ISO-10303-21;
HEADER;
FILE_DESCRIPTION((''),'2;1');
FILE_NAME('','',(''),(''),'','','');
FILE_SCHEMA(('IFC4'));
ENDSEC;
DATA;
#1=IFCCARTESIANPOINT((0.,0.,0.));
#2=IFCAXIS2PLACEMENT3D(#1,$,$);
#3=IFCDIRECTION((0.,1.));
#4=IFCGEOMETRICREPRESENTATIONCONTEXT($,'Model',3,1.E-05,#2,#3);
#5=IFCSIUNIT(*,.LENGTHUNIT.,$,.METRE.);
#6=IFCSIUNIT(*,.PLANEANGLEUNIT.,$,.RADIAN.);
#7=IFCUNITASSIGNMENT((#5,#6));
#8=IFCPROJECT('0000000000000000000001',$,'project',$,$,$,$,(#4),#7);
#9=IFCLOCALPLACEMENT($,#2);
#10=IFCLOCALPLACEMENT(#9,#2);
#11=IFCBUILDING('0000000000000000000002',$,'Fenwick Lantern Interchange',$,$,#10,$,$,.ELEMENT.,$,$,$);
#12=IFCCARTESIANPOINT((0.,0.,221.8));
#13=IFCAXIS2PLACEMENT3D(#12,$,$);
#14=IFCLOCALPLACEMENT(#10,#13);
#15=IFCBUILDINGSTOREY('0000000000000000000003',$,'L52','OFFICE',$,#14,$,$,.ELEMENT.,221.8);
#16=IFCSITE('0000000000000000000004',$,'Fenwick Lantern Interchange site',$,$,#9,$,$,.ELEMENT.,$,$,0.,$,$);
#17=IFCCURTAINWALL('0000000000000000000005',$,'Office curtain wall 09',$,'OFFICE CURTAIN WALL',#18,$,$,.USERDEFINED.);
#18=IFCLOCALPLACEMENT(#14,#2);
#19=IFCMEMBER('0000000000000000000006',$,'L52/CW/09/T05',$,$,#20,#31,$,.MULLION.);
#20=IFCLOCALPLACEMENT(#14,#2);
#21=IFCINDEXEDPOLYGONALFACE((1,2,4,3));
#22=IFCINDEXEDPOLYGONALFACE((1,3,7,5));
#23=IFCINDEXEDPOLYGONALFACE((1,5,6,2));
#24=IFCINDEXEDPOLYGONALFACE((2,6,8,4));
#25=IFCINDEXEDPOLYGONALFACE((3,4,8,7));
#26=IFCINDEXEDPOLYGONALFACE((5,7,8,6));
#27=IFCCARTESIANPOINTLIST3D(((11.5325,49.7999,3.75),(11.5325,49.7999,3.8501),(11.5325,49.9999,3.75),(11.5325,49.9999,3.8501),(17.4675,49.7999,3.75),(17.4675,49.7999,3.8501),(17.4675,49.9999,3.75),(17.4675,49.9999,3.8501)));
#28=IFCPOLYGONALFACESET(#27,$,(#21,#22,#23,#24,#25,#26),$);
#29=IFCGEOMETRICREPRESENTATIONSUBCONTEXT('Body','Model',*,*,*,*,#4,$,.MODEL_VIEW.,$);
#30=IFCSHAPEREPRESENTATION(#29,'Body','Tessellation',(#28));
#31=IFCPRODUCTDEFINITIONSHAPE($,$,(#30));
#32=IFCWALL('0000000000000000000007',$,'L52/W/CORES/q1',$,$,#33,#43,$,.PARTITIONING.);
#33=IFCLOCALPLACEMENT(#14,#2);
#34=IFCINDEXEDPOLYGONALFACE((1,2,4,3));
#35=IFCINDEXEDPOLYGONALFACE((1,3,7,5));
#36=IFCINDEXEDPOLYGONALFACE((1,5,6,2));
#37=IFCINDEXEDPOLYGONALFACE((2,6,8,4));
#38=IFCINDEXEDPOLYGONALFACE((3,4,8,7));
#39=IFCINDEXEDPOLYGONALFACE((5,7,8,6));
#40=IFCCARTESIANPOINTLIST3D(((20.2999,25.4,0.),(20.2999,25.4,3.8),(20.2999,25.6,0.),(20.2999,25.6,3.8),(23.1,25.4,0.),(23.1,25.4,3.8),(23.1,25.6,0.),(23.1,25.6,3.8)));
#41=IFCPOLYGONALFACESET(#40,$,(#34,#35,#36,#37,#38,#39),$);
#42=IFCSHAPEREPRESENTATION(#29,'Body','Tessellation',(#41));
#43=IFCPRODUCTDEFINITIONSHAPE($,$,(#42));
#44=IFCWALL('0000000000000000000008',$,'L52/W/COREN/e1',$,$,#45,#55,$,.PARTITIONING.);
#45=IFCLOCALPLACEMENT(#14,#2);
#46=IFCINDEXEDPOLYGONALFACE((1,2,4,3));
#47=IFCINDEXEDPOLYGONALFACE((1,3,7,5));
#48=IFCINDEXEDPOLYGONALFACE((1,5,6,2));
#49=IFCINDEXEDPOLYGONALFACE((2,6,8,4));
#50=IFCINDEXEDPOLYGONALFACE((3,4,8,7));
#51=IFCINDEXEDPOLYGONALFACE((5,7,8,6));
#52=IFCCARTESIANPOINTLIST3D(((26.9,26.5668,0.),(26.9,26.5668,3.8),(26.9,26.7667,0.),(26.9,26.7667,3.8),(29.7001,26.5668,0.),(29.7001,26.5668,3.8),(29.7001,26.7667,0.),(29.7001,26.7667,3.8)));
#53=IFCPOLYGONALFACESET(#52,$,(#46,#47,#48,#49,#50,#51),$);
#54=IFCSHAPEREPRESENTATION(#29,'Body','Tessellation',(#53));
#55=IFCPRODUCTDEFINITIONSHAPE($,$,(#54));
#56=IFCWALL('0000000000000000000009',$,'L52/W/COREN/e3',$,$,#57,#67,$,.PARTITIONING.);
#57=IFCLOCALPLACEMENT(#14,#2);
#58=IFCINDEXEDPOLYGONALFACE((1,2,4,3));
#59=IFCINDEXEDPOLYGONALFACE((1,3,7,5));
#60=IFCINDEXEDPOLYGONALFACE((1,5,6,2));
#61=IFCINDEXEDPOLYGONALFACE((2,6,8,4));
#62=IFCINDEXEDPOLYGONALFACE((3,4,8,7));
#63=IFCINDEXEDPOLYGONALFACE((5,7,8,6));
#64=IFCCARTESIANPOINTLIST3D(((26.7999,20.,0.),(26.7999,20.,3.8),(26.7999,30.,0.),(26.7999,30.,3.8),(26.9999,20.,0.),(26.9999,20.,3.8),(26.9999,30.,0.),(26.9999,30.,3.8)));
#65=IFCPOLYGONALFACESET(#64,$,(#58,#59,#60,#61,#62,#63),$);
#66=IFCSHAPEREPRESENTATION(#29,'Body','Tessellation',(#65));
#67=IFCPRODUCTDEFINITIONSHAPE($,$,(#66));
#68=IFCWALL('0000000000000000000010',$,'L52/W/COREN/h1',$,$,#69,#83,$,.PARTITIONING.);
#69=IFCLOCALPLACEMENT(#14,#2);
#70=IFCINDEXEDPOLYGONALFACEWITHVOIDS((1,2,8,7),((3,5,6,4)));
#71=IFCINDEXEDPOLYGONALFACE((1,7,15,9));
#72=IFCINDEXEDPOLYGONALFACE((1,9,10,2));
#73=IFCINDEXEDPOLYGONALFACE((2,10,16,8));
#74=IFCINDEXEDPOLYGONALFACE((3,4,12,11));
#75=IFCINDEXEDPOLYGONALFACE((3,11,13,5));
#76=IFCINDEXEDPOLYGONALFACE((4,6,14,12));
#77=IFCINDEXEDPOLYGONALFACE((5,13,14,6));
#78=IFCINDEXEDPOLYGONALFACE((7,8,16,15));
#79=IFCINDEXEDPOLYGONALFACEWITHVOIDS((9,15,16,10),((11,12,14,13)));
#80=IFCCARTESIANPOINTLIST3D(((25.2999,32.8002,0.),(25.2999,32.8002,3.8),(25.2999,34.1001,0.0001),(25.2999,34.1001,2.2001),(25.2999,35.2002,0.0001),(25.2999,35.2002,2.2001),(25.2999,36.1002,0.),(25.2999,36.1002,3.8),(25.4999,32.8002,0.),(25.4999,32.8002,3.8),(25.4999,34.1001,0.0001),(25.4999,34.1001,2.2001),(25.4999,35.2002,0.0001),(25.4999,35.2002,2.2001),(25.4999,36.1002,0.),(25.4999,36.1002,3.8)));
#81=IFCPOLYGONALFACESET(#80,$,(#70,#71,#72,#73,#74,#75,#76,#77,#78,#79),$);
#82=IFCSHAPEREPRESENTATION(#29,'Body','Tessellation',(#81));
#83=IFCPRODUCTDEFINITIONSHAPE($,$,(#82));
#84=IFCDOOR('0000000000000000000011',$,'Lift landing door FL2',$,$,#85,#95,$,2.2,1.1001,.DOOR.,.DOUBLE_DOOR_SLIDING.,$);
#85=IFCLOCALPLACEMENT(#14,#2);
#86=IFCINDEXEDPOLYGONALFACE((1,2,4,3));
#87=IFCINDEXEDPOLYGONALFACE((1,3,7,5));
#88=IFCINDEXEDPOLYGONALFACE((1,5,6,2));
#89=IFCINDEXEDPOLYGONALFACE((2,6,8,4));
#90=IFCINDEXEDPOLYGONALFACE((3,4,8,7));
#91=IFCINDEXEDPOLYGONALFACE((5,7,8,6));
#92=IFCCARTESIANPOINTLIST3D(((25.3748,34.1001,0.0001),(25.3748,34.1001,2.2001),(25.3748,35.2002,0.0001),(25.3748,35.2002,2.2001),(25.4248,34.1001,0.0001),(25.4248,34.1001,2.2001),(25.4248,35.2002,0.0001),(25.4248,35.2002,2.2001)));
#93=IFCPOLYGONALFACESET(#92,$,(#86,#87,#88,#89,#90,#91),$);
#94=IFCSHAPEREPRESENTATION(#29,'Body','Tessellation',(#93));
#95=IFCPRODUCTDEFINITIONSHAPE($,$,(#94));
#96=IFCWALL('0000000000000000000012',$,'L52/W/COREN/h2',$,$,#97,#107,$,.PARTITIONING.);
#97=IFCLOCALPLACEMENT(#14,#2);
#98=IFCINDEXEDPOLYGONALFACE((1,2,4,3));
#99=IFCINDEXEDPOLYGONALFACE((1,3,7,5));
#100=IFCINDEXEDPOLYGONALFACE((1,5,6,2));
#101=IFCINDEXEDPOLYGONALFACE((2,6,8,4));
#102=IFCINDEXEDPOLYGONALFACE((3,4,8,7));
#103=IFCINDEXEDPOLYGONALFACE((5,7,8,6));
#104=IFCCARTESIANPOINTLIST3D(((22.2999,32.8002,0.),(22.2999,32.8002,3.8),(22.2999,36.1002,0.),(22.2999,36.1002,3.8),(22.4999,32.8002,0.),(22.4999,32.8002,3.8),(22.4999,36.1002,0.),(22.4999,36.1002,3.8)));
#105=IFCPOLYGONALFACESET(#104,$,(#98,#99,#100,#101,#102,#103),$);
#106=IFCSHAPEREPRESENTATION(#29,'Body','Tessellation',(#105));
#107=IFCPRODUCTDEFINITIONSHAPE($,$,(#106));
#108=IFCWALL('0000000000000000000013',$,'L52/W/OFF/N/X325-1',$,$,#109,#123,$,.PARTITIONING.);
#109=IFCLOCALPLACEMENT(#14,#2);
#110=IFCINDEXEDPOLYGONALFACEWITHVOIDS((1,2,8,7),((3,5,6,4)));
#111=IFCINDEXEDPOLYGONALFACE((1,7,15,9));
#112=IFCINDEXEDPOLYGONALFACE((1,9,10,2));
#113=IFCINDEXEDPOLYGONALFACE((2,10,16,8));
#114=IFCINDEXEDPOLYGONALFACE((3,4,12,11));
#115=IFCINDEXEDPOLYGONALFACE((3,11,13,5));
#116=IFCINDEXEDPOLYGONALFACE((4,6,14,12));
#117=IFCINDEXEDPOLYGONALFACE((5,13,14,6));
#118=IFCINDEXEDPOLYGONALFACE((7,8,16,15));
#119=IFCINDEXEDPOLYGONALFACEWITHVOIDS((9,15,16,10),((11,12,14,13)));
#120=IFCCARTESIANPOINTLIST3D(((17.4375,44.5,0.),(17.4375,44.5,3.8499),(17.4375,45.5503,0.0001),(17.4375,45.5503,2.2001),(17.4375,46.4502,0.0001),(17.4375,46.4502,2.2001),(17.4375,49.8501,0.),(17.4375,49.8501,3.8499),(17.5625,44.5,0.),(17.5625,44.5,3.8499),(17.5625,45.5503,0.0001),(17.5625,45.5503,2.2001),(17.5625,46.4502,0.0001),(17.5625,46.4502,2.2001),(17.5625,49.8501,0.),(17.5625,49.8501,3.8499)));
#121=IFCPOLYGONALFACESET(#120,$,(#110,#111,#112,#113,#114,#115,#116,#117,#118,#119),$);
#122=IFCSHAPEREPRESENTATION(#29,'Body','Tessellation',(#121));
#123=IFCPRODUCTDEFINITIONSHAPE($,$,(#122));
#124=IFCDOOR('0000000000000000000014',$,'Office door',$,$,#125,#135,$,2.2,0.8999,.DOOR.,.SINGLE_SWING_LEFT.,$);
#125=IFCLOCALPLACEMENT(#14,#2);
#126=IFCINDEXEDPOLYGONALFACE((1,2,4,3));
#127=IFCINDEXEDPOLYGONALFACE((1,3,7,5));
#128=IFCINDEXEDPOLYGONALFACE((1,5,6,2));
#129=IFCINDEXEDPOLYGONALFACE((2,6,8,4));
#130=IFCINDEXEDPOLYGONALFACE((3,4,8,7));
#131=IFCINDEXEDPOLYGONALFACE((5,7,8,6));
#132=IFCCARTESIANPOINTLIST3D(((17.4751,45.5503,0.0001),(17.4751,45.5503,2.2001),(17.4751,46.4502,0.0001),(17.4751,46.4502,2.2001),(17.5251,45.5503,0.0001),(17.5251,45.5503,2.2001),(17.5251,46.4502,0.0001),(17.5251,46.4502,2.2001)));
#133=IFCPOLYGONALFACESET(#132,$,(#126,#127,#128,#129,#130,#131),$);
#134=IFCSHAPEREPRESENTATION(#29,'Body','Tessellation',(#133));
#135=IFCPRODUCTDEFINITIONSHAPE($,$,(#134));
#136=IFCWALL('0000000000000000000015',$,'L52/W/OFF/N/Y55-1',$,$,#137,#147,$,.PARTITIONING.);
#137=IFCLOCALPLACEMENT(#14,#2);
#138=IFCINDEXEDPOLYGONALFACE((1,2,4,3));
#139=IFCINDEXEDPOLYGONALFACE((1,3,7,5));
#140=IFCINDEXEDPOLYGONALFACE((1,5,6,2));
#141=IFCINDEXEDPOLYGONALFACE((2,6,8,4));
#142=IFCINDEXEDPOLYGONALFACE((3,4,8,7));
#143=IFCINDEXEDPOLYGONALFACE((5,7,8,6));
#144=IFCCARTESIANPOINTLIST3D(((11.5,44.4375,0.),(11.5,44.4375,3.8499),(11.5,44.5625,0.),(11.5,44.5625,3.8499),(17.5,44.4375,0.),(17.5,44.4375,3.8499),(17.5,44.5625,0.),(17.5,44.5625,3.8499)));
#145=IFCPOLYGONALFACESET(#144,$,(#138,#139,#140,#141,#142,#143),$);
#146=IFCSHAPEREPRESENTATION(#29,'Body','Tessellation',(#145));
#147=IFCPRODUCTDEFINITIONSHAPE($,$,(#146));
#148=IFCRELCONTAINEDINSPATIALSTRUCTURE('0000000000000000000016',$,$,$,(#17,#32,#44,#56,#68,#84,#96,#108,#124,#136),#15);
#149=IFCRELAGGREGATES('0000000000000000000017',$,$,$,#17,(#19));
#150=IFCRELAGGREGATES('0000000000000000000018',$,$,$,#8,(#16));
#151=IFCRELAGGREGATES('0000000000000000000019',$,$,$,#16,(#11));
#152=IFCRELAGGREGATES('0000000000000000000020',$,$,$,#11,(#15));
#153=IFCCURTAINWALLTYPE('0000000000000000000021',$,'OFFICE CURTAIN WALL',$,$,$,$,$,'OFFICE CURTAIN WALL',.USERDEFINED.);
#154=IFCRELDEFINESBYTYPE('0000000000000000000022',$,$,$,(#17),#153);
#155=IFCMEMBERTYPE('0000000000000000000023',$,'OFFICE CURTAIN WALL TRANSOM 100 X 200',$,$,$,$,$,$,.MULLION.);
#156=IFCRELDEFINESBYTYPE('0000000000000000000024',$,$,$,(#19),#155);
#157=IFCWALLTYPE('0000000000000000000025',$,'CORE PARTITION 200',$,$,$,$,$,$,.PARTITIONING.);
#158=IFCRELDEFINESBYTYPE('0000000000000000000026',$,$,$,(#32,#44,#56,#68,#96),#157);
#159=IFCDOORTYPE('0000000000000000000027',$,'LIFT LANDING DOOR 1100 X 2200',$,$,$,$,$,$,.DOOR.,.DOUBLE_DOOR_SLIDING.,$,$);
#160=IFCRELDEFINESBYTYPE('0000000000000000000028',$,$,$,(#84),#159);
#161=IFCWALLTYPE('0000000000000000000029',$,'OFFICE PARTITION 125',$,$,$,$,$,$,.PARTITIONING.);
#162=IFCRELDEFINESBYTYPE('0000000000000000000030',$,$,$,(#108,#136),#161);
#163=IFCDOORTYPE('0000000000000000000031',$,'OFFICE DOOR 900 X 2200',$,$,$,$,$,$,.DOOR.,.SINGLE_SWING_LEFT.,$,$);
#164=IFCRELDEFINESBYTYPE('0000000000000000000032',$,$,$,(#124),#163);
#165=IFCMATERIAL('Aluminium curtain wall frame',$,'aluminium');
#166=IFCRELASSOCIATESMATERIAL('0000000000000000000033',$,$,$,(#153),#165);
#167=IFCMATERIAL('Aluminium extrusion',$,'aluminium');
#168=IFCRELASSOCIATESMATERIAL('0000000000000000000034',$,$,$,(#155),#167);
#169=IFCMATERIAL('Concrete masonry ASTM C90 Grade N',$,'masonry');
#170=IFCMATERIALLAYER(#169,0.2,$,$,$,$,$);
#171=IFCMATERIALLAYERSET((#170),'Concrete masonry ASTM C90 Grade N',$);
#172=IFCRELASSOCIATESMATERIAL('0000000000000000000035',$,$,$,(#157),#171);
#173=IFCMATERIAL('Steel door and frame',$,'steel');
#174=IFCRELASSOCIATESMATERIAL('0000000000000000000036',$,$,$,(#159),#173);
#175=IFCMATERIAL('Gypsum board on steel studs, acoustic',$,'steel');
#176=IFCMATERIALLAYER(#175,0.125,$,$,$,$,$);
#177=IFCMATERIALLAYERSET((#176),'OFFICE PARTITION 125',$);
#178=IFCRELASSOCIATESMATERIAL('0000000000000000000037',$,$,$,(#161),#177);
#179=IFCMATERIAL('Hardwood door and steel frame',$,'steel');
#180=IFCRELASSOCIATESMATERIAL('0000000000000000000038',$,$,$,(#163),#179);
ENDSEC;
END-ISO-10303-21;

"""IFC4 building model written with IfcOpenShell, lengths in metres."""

from ifc_helpers import new_model, si_unit, direction, frame, frame_2d, origin, origin_2d, place, context, subcontext, project, spatial, rectangle, extrude, material, layer, layer_set, material_profile, profile_set, type_object, element, fill, aggregate, save


model = new_model("IFC4")

# Units and contexts
model_context = context("Model", 3, precision=1e-05, world=origin(), true_north=direction((0.0, 1.0)))
body_context = subcontext(model_context, "Body", "Model", "MODEL_VIEW")
ifc_project = project(units=[si_unit("LENGTHUNIT", "METRE"), si_unit("PLANEANGLEUNIT", "RADIAN")], contexts=[model_context])

# Site, building, storey
site_placement = place(None, origin())
site = spatial("IfcSite", under=ifc_project, at=site_placement, Name="Fenwick Lantern Interchange site", CompositionType="ELEMENT", RefElevation=0.0)
building_placement = place(site_placement, origin())
building = spatial("IfcBuilding", under=site, at=building_placement, Name="Fenwick Lantern Interchange", CompositionType="ELEMENT")
storey_placement = place(building_placement, frame((0.0, 0.0, 221.8)))
storey = spatial("IfcBuildingStorey", under=building, at=storey_placement, Name="L52", Description="OFFICE", CompositionType="ELEMENT", Elevation=221.8)

# Curtain wall, member
ifc_material_1 = material(Name="Aluminium curtain wall frame", Category="aluminium")
curtain_wall_type = type_object("IfcCurtainWallType", Name="OFFICE CURTAIN WALL", ElementType="OFFICE CURTAIN WALL", PredefinedType="USERDEFINED", material=ifc_material_1)
curtain_wall_placement = place(storey_placement, origin())
curtain_wall = element("IfcCurtainWall", 1, at=curtain_wall_placement, inside=storey, type_object=curtain_wall_type, Name="Office curtain wall 09", ObjectType="OFFICE CURTAIN WALL", PredefinedType="USERDEFINED")
ifc_material_2 = material(Name="Aluminium extrusion", Category="aluminium")
ifc_material_profile_1 = material_profile(ifc_material_2, rectangle(XDim=0.2, YDim=0.1001, at=origin_2d()), Name="OFFICE CURTAIN WALL TRANSOM 100 X 200")
ifc_profile_set_1 = profile_set([ifc_material_profile_1], Name="Aluminium extrusion")
member_type_1 = type_object("IfcMemberType", Name="OFFICE CURTAIN WALL TRANSOM 100 X 200", PredefinedType="MULLION", material=ifc_profile_set_1)
member_1_placement = place(storey_placement, frame((17.4675, 49.8999, 3.8), z_axis=(-1.0, 0.0, 0.0), x_axis=(0.0, -1.0, 0.0)))
member_1 = element("IfcMember", 2, at=member_1_placement, type_object=member_type_1, Name="L52/CW/09/T05", PredefinedType="MULLION", context=body_context, shape_type="SweptSolid", body=[
    extrude(rectangle(XDim=0.2, YDim=0.1001, at=origin_2d()), origin(), (0.0, 0.0, 1.0), 5.9351),
])
aggregate(curtain_wall, [member_1])

# Walls
ifc_material_3 = material(Name="Concrete masonry ASTM C90 Grade N", Category="masonry")
ifc_layer_1 = layer(ifc_material_3, 0.2)
ifc_layer_set_1 = layer_set([ifc_layer_1], Name="Concrete masonry ASTM C90 Grade N")
wall_type_1 = type_object("IfcWallType", Name="CORE PARTITION 200", PredefinedType="PARTITIONING", material=ifc_layer_set_1)
for number, where, z_axis, x_axis, name in (
    (3, (20.3, 25.5, 0.0), (0.0, 0.0, 1.0), (1.0, 0.0, 0.0), "L52/W/CORES/q1"),
    (4, (29.7, 26.6667, 0.0), (0.0, 0.0, 1.0), (-1.0, 0.0, 0.0), "L52/W/COREN/e1"),
):
    element("IfcWall", number, at=place(storey_placement, frame(where, z_axis=z_axis, x_axis=x_axis)), inside=storey, type_object=wall_type_1, Name=name, PredefinedType="PARTITIONING", context=body_context, shape_type="SweptSolid", body=[
        extrude(rectangle(XDim=2.8, YDim=0.2, at=frame_2d((1.3999, 0.0))), origin(), (0.0, 0.0, 1.0), 3.8),
    ])
wall_1_placement = place(storey_placement, frame((26.8999, 30.0, 0.0), z_axis=(0.0, 0.0, 1.0), x_axis=(0.0, -1.0, 0.0)))
element("IfcWall", 5, at=wall_1_placement, inside=storey, type_object=wall_type_1, Name="L52/W/COREN/e3", PredefinedType="PARTITIONING", context=body_context, shape_type="SweptSolid", body=[
    extrude(rectangle(XDim=10.0, YDim=0.2, at=frame_2d((5.0, 0.0))), origin(), (0.0, 0.0, 1.0), 3.8),
])

# Wall, opening, door
wall_2_placement = place(storey_placement, frame((25.3999, 36.1001, 0.0), z_axis=(0.0, 0.0, 1.0), x_axis=(0.0, -1.0, 0.0)))
wall_2 = element("IfcWall", 6, at=wall_2_placement, inside=storey, type_object=wall_type_1, Name="L52/W/COREN/h1", PredefinedType="PARTITIONING", context=body_context, shape_type="SweptSolid", body=[
    extrude(rectangle(XDim=3.3, YDim=0.2, at=frame_2d((1.6499, 0.0))), origin(), (0.0, 0.0, 1.0), 3.8),
])
opening_1_placement = place(wall_2_placement, frame((0.8999, 0.0, 0.0)))
opening_1 = element("IfcOpeningElement", 7, at=opening_1_placement, cuts=wall_2, PredefinedType="OPENING", context=body_context, shape_type="SweptSolid", body=[
    extrude(rectangle(XDim=1.1001, YDim=2.2, at=frame_2d((0.55, 1.1001))), frame((0.0, 0.1099, 0.0), z_axis=(0.0, -1.0, 0.0), x_axis=(1.0, 0.0, 0.0)), (0.0, 0.0, 1.0), 0.22),
])
ifc_material_4 = material(Name="Steel door and frame", Category="steel")
door_type_1 = type_object("IfcDoorType", Name="LIFT LANDING DOOR 1100 X 2200", OperationType="DOUBLE_DOOR_SLIDING", PredefinedType="DOOR", material=ifc_material_4)
door_1_placement = place(opening_1_placement, origin())
door_1 = element("IfcDoor", 8, at=door_1_placement, inside=storey, type_object=door_type_1, Name="Lift landing door FL2", OperationType="DOUBLE_DOOR_SLIDING", OverallHeight=2.2, OverallWidth=1.1001, PredefinedType="DOOR", context=body_context, shape_type="SweptSolid", body=[
    extrude(rectangle(XDim=1.1001, YDim=2.2, at=frame_2d((0.55, 1.1001))), frame((0.0, 0.0249, 0.0), z_axis=(0.0, -1.0, 0.0), x_axis=(1.0, 0.0, 0.0)), (0.0, 0.0, 1.0), 0.05),
])
fill(opening_1, door_1)

# Wall
wall_3_placement = place(storey_placement, frame((22.3999, 36.1001, 0.0), z_axis=(0.0, 0.0, 1.0), x_axis=(0.0, -1.0, 0.0)))
element("IfcWall", 9, at=wall_3_placement, inside=storey, type_object=wall_type_1, Name="L52/W/COREN/h2", PredefinedType="PARTITIONING", context=body_context, shape_type="SweptSolid", body=[
    extrude(rectangle(XDim=3.3, YDim=0.2, at=frame_2d((1.6499, 0.0))), origin(), (0.0, 0.0, 1.0), 3.8),
])

# Wall, opening, door
ifc_material_5 = material(Name="Gypsum board on steel studs, acoustic", Category="steel")
ifc_layer_2 = layer(ifc_material_5, 0.125)
ifc_layer_set_2 = layer_set([ifc_layer_2], Name="OFFICE PARTITION 125")
wall_type_2 = type_object("IfcWallType", Name="OFFICE PARTITION 125", PredefinedType="PARTITIONING", material=ifc_layer_set_2)
wall_4_placement = place(storey_placement, frame((17.5, 49.8501, 0.0), z_axis=(0.0, 0.0, 1.0), x_axis=(0.0, -1.0, 0.0)))
wall_4 = element("IfcWall", 10, at=wall_4_placement, inside=storey, type_object=wall_type_2, Name="L52/W/OFF/N/X325-1", PredefinedType="PARTITIONING", context=body_context, shape_type="SweptSolid", body=[
    extrude(rectangle(XDim=5.3501, YDim=0.125, at=frame_2d((2.675, 0.0))), origin(), (0.0, 0.0, 1.0), 3.8499),
])
opening_2_placement = place(wall_4_placement, frame((3.3999, 0.0, 0.0)))
opening_2 = element("IfcOpeningElement", 11, at=opening_2_placement, cuts=wall_4, PredefinedType="OPENING", context=body_context, shape_type="SweptSolid", body=[
    extrude(rectangle(XDim=0.8999, YDim=2.2, at=frame_2d((0.45, 1.1001))), frame((0.0, 0.0725, 0.0), z_axis=(0.0, -1.0, 0.0), x_axis=(1.0, 0.0, 0.0)), (0.0, 0.0, 1.0), 0.145),
])
ifc_material_6 = material(Name="Hardwood door and steel frame", Category="steel")
door_type_2 = type_object("IfcDoorType", Name="OFFICE DOOR 900 X 2200", OperationType="SINGLE_SWING_LEFT", PredefinedType="DOOR", material=ifc_material_6)
door_2_placement = place(opening_2_placement, frame((0.8999, 0.0, 0.0), z_axis=(0.0, 0.0, 1.0), x_axis=(-1.0, 0.0, 0.0)))
door_2 = element("IfcDoor", 12, at=door_2_placement, inside=storey, type_object=door_type_2, Name="Office door", OperationType="SINGLE_SWING_LEFT", OverallHeight=2.2, OverallWidth=0.8999, PredefinedType="DOOR", context=body_context, shape_type="SweptSolid", body=[
    extrude(rectangle(XDim=0.8999, YDim=2.2, at=frame_2d((0.45, 1.1001))), frame((0.0, 0.0249, 0.0), z_axis=(0.0, -1.0, 0.0), x_axis=(1.0, 0.0, 0.0)), (0.0, 0.0, 1.0), 0.05),
])
fill(opening_2, door_2)

# Wall
wall_5_placement = place(storey_placement, frame((17.5, 44.5, 0.0), z_axis=(0.0, 0.0, 1.0), x_axis=(-1.0, 0.0, 0.0)))
element("IfcWall", 13, at=wall_5_placement, inside=storey, type_object=wall_type_2, Name="L52/W/OFF/N/Y55-1", PredefinedType="PARTITIONING", context=body_context, shape_type="SweptSolid", body=[
    extrude(rectangle(XDim=6.0, YDim=0.125, at=frame_2d((3.0, 0.0))), origin(), (0.0, 0.0, 1.0), 3.8499),
])

save(model, "model.ifc")
